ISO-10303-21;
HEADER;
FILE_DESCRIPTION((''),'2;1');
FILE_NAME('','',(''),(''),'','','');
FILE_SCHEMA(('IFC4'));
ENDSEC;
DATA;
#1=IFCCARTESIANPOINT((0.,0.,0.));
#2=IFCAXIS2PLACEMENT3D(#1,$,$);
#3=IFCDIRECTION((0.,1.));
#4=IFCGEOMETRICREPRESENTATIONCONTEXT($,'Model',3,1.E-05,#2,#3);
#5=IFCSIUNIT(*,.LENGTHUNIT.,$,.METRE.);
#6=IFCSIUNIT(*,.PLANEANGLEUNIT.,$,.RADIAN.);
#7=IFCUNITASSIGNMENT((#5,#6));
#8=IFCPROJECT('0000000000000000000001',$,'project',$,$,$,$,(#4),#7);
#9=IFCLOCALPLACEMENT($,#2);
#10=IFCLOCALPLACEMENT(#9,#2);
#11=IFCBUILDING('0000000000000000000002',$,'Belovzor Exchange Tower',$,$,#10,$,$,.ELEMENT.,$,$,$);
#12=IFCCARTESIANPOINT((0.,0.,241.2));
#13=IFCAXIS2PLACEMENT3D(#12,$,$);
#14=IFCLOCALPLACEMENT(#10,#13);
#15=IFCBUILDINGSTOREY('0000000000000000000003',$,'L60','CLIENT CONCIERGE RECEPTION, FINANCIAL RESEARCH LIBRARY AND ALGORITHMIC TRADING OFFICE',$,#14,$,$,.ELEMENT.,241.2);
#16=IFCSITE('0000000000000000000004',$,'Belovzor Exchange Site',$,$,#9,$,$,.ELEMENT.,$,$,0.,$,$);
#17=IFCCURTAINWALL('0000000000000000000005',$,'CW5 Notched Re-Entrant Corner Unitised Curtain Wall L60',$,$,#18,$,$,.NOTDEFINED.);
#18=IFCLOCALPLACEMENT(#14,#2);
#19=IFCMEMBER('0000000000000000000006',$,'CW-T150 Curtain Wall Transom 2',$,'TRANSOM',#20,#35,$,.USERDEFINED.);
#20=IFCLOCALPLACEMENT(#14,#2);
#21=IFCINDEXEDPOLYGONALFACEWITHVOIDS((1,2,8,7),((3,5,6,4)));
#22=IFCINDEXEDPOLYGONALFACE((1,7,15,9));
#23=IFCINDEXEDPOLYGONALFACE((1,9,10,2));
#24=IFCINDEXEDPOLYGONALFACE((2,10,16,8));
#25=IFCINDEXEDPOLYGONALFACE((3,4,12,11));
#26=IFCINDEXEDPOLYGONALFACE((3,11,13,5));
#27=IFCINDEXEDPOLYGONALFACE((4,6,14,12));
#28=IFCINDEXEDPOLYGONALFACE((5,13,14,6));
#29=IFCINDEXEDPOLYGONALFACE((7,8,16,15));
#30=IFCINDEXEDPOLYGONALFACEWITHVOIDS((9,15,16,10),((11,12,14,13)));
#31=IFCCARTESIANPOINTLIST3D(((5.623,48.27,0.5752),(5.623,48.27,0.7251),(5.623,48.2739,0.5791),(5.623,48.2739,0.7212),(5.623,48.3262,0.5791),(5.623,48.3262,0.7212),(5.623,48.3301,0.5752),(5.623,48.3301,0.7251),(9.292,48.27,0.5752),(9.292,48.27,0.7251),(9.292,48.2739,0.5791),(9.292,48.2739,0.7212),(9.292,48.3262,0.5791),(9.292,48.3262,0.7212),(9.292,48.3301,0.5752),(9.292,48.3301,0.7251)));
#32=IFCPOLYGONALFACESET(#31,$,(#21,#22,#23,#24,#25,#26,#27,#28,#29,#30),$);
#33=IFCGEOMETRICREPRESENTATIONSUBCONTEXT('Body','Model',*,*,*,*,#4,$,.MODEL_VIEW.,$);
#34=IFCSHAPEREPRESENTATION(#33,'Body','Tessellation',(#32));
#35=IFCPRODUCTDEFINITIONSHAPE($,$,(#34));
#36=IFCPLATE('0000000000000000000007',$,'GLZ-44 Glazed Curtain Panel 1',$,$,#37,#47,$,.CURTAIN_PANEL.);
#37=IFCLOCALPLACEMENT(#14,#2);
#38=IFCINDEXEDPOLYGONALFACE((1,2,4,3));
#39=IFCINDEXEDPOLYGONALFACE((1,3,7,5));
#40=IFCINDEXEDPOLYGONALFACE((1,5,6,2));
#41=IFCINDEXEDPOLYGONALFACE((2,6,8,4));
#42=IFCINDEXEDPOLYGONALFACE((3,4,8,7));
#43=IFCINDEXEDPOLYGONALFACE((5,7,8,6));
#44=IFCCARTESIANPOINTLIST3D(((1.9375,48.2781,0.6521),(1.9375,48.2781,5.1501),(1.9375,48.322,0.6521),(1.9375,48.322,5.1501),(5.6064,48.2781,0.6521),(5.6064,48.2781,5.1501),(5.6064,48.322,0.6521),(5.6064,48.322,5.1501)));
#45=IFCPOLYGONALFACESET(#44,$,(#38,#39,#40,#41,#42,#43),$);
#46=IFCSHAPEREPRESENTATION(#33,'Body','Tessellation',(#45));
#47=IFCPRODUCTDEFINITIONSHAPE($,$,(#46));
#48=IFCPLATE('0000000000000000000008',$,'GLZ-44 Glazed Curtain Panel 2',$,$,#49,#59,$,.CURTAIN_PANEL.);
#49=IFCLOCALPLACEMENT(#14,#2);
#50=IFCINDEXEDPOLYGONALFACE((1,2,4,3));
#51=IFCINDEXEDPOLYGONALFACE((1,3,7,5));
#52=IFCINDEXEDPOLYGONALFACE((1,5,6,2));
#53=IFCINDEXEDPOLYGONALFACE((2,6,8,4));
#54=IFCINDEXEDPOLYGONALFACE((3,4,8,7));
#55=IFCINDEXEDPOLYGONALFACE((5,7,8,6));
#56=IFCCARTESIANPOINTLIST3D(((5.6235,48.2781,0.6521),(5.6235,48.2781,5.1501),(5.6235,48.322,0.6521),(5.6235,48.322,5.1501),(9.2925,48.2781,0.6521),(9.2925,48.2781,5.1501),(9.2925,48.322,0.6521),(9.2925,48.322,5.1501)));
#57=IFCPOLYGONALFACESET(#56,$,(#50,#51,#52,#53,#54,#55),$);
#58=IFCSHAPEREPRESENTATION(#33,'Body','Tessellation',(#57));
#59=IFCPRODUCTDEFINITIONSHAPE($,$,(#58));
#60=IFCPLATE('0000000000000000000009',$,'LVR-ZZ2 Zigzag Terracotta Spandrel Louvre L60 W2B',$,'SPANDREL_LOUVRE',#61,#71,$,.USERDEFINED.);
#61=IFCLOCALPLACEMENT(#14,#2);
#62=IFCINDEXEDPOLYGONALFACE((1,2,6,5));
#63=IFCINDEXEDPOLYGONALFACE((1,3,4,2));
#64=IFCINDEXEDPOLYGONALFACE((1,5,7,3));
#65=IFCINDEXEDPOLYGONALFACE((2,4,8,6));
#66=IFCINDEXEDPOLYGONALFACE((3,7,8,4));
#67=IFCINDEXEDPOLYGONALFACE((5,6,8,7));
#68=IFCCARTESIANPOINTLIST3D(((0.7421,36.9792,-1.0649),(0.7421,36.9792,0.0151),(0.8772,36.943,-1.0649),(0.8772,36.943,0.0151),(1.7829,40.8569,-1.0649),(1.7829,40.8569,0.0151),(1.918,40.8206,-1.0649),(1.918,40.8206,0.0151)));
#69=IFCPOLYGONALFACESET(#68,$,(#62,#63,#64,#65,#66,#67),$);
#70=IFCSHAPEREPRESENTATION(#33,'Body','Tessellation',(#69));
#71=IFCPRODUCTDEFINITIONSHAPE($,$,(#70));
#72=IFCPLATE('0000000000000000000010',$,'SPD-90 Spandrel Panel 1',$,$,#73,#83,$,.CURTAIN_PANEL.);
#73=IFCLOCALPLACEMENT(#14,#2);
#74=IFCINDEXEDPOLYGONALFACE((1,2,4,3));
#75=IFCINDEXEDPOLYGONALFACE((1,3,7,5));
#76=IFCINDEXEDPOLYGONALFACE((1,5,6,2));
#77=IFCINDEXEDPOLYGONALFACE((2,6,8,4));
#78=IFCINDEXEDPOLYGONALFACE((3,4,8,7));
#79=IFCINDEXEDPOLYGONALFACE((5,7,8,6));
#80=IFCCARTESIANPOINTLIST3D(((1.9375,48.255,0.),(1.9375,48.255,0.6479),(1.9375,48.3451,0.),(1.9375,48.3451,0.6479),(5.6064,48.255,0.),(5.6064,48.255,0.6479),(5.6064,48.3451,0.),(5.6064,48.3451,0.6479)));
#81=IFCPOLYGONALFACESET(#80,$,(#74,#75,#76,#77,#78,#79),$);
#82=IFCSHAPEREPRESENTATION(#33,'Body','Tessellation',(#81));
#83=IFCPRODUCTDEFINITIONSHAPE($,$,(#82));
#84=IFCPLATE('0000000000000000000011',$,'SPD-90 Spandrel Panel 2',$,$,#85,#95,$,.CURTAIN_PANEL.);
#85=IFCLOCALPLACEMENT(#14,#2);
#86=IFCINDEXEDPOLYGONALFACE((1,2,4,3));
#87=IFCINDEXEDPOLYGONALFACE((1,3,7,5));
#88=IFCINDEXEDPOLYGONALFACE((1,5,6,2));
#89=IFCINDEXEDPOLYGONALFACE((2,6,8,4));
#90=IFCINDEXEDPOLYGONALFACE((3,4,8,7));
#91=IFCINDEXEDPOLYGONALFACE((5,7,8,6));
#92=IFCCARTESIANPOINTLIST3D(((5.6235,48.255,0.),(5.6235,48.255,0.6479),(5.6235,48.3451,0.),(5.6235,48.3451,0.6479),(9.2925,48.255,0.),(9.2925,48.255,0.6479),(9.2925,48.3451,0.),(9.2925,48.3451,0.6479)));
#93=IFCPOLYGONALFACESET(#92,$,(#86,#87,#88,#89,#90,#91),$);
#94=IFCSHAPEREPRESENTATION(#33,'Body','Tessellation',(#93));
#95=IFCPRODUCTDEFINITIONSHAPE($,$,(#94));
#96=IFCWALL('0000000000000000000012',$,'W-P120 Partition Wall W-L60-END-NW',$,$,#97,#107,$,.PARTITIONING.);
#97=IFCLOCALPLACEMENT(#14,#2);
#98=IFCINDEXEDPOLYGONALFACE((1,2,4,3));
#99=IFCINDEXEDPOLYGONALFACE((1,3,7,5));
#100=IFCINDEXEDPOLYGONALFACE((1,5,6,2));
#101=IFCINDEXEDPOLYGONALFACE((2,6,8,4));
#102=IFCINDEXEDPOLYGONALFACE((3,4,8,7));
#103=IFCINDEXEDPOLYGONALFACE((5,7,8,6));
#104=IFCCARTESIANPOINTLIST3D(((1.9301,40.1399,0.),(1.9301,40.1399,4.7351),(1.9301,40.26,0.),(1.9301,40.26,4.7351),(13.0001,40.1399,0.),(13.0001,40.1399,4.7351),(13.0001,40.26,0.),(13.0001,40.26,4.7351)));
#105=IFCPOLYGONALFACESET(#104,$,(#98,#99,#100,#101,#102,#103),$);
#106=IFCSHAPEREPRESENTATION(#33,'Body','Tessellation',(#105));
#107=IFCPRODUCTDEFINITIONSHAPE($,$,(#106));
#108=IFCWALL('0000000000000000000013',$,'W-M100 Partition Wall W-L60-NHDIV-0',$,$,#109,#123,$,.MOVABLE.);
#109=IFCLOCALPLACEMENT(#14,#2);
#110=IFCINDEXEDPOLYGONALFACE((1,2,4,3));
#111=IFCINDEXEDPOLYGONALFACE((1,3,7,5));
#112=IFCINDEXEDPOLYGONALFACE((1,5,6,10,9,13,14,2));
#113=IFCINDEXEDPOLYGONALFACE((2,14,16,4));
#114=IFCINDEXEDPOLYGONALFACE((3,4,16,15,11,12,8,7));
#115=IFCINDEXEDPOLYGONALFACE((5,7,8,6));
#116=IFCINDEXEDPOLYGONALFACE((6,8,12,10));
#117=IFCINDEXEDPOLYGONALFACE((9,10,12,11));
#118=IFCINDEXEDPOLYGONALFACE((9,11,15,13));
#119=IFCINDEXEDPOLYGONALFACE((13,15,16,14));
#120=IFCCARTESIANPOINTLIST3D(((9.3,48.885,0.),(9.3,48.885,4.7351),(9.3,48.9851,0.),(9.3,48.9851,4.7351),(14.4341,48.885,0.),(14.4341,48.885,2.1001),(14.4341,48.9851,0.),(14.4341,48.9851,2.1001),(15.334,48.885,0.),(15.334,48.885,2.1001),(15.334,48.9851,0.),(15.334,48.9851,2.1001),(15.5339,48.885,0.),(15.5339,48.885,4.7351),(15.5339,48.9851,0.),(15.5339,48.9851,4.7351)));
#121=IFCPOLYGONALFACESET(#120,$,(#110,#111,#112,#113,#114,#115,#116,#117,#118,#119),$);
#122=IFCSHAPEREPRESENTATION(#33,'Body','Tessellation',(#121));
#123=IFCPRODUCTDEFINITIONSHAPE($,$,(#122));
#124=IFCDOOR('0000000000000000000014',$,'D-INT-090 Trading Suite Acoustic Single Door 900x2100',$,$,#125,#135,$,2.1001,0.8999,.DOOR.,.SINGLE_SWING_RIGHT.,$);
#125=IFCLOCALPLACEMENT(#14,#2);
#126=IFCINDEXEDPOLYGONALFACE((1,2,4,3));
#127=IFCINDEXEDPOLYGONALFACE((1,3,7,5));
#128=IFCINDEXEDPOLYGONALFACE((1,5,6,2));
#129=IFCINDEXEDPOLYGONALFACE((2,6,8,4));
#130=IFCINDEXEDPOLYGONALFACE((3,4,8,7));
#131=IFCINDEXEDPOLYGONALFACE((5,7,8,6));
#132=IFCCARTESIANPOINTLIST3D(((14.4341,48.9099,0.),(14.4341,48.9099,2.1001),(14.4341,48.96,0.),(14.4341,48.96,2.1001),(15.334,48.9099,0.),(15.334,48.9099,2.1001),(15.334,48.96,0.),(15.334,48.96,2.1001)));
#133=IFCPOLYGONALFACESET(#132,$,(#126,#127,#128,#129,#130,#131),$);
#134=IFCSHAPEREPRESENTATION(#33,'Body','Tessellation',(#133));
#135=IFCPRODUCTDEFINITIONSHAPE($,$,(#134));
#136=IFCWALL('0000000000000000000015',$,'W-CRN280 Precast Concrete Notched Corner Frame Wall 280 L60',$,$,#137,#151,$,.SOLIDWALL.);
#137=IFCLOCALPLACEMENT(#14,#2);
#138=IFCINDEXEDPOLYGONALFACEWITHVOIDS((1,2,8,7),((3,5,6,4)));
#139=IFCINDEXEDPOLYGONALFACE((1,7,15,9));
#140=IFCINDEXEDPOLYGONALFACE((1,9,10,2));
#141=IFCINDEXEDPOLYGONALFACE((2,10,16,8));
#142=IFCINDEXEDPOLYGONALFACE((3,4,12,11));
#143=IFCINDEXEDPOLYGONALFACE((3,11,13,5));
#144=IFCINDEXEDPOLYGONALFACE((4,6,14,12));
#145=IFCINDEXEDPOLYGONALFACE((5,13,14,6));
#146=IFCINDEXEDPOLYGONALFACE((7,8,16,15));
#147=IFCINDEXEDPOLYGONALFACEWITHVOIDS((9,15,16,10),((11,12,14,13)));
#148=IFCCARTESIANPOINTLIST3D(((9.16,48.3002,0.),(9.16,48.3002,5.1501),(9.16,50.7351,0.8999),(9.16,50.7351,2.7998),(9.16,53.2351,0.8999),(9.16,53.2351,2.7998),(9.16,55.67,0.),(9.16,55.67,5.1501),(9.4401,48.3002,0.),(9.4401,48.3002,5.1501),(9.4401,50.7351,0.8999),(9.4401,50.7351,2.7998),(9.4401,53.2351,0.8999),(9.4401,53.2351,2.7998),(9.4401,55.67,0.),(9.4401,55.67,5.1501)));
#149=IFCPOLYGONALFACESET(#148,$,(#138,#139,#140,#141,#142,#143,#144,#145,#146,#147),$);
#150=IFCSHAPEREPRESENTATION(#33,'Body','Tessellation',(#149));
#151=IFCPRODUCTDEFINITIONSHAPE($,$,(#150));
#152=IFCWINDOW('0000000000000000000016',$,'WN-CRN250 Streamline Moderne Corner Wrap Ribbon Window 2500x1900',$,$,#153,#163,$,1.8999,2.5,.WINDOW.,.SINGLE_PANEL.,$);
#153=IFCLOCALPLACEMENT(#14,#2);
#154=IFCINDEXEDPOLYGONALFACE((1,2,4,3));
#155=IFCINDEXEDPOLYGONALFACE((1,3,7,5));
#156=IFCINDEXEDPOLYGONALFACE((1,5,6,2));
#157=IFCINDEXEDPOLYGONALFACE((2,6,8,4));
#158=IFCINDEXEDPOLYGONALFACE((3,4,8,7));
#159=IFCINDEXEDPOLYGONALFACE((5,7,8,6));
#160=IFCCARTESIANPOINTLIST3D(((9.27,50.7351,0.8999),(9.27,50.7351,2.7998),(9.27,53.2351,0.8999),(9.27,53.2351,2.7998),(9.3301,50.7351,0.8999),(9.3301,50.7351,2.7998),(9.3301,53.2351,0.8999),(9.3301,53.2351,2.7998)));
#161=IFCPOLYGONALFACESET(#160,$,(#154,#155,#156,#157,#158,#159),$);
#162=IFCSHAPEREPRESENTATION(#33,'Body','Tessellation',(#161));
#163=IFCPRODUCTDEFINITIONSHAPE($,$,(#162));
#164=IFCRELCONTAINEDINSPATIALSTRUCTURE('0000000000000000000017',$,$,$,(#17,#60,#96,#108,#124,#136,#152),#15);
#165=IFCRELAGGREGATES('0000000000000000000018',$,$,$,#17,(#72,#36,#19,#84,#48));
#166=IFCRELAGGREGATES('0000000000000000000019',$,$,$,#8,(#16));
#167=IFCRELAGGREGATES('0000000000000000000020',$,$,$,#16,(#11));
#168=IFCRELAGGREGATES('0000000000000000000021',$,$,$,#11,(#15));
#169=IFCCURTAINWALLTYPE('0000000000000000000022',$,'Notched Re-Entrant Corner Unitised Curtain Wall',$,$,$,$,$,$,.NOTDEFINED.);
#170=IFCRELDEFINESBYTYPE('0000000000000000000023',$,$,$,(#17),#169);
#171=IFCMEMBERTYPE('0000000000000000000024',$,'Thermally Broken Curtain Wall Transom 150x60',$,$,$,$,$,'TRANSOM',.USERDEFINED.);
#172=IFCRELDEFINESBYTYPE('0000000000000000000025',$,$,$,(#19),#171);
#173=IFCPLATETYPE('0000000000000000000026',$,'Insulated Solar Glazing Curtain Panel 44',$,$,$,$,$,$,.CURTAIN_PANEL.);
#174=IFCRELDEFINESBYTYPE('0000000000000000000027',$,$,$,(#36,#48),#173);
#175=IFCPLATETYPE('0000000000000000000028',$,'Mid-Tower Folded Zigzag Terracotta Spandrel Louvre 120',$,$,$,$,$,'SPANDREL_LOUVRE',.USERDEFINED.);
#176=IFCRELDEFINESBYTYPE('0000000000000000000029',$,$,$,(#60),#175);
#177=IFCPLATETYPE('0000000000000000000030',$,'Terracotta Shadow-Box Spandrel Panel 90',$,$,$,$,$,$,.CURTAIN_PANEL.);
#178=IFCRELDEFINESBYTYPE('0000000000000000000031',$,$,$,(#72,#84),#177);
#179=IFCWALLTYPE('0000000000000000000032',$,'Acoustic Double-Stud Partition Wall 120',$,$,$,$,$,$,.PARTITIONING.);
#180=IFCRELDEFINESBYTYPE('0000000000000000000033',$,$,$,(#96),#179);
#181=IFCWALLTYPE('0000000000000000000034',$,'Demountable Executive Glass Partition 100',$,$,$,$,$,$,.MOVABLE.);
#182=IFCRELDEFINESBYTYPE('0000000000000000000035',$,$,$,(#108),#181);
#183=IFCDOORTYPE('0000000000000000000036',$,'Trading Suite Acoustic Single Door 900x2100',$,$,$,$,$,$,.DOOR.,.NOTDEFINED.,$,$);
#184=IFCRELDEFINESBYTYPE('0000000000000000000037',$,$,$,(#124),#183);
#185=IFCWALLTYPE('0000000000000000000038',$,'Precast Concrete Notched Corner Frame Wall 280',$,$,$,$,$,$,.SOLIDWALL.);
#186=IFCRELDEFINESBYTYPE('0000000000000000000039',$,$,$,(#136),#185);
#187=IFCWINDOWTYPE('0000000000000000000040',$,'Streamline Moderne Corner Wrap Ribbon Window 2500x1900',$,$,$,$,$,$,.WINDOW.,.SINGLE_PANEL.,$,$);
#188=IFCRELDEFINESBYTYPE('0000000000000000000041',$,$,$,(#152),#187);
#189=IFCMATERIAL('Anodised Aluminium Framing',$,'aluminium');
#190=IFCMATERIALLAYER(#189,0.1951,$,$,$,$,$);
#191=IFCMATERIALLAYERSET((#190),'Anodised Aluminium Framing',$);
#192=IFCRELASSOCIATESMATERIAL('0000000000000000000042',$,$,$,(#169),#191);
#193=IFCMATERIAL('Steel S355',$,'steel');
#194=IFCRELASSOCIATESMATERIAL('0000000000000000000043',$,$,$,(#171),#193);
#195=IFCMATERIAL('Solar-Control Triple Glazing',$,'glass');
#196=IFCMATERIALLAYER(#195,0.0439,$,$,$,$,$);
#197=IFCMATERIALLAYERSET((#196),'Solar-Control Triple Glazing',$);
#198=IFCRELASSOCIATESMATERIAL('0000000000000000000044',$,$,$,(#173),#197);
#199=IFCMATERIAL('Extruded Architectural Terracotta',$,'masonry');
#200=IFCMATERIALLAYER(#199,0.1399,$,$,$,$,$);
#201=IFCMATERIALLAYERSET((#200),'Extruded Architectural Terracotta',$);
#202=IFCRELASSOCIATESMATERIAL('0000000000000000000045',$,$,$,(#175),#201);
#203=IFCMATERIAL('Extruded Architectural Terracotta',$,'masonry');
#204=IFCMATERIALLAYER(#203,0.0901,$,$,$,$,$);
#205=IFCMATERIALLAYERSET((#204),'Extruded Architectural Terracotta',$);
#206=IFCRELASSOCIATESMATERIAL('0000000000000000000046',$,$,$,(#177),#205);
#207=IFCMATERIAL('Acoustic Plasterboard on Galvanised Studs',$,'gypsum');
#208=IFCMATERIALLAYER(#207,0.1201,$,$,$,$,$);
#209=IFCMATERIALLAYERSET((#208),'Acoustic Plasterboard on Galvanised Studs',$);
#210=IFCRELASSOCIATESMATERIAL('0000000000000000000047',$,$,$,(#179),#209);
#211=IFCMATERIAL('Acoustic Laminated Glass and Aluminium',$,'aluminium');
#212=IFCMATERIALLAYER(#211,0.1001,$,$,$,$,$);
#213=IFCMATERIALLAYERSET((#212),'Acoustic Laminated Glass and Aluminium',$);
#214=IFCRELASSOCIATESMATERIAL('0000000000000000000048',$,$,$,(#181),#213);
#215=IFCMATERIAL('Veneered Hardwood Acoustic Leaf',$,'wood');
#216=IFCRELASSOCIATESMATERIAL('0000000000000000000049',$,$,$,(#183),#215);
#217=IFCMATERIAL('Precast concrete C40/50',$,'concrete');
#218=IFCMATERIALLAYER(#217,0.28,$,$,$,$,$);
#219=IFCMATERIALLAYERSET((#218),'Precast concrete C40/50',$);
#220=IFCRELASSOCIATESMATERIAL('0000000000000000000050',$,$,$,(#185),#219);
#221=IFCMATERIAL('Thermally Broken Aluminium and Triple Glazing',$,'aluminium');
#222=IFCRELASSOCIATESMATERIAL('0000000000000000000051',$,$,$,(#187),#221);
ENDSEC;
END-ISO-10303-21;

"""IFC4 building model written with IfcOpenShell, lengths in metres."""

from ifc_helpers import new_model, si_unit, direction, frame, frame_2d, origin, origin_2d, place, context, subcontext, project, spatial, rectangle, hollow_rectangle, extrude, material, layer, layer_set, material_profile, profile_set, type_object, element, fill, aggregate, save


model = new_model("IFC4")

# Units and contexts
model_context = context("Model", 3, precision=1e-05, world=origin(), true_north=direction((0.0, 1.0)))
body_context = subcontext(model_context, "Body", "Model", "MODEL_VIEW")
ifc_project = project(units=[si_unit("LENGTHUNIT", "METRE"), si_unit("PLANEANGLEUNIT", "RADIAN")], contexts=[model_context])

# Site, building, storey
site_placement = place(None, origin())
site = spatial("IfcSite", under=ifc_project, at=site_placement, Name="Belovzor Exchange Site", CompositionType="ELEMENT", RefElevation=0.0)
building_placement = place(site_placement, origin())
building = spatial("IfcBuilding", under=site, at=building_placement, Name="Belovzor Exchange Tower", CompositionType="ELEMENT")
storey_placement = place(building_placement, frame((0.0, 0.0, 241.2)))
storey = spatial("IfcBuildingStorey", under=building, at=storey_placement, Name="L60", Description="CLIENT CONCIERGE RECEPTION, FINANCIAL RESEARCH LIBRARY AND ALGORITHMIC TRADING OFFICE", CompositionType="ELEMENT", Elevation=241.2)

# Curtain wall, member, plates
ifc_material_1 = material(Name="Anodised Aluminium Framing", Category="aluminium")
ifc_layer_1 = layer(ifc_material_1, 0.1951)
ifc_layer_set_1 = layer_set([ifc_layer_1], Name="Anodised Aluminium Framing")
curtain_wall_type = type_object("IfcCurtainWallType", Name="Notched Re-Entrant Corner Unitised Curtain Wall", PredefinedType="NOTDEFINED", material=ifc_layer_set_1)
curtain_wall_placement = place(storey_placement, origin())
curtain_wall = element("IfcCurtainWall", 1, at=curtain_wall_placement, inside=storey, type_object=curtain_wall_type, Name="CW5 Notched Re-Entrant Corner Unitised Curtain Wall L60", PredefinedType="NOTDEFINED")
ifc_material_2 = material(Name="Steel S355", Category="steel")
ifc_material_profile_1 = material_profile(ifc_material_2, hollow_rectangle(XDim=0.0601, YDim=0.1499, WallThickness=0.0039, at=origin_2d()))
ifc_profile_set_1 = profile_set([ifc_material_profile_1], Name="Steel S355")
member_type_1 = type_object("IfcMemberType", Name="Thermally Broken Curtain Wall Transom 150x60", ElementType="TRANSOM", PredefinedType="USERDEFINED", material=ifc_profile_set_1)
member_1_placement = place(storey_placement, frame((5.623, 48.3, 0.6501), z_axis=(1.0, 0.0, 0.0), x_axis=(0.0, 1.0, 0.0)))
member_1 = element("IfcMember", 2, at=member_1_placement, type_object=member_type_1, Name="CW-T150 Curtain Wall Transom 2", ObjectType="TRANSOM", PredefinedType="USERDEFINED", context=body_context, shape_type="SweptSolid", body=[
    extrude(hollow_rectangle(XDim=0.0601, YDim=0.1499, WallThickness=0.0039, at=origin_2d()), origin(), (0.0, 0.0, 1.0), 3.6689),
])
ifc_material_3 = material(Name="Solar-Control Triple Glazing", Category="glass")
ifc_layer_2 = layer(ifc_material_3, 0.0439)
ifc_layer_set_2 = layer_set([ifc_layer_2], Name="Solar-Control Triple Glazing")
plate_type_1 = type_object("IfcPlateType", Name="Insulated Solar Glazing Curtain Panel 44", PredefinedType="CURTAIN_PANEL", material=ifc_layer_set_2)
plate_1_placement = place(storey_placement, frame((3.772, 48.3, 0.6521), z_axis=(0.0, 0.0, 1.0), x_axis=(1.0, 0.0, 0.0)))
plate_1 = element("IfcPlate", 3, at=plate_1_placement, type_object=plate_type_1, Name="GLZ-44 Glazed Curtain Panel 1", PredefinedType="CURTAIN_PANEL", context=body_context, shape_type="SweptSolid", body=[
    extrude(rectangle(XDim=3.6689, YDim=0.0439, at=origin_2d()), origin(), (0.0, 0.0, 1.0), 4.498),
])
plate_2_placement = place(storey_placement, frame((7.458, 48.3, 0.6521), z_axis=(0.0, 0.0, 1.0), x_axis=(1.0, 0.0, 0.0)))
plate_2 = element("IfcPlate", 4, at=plate_2_placement, type_object=plate_type_1, Name="GLZ-44 Glazed Curtain Panel 2", PredefinedType="CURTAIN_PANEL", context=body_context, shape_type="SweptSolid", body=[
    extrude(rectangle(XDim=3.6689, YDim=0.0439, at=origin_2d()), origin(), (0.0, 0.0, 1.0), 4.498),
])

# Plates
ifc_material_4 = material(Name="Extruded Architectural Terracotta", Category="masonry")
ifc_layer_3 = layer(ifc_material_4, 0.1399)
ifc_layer_set_3 = layer_set([ifc_layer_3], Name="Extruded Architectural Terracotta")
plate_type_2 = type_object("IfcPlateType", Name="Mid-Tower Folded Zigzag Terracotta Spandrel Louvre 120", ElementType="SPANDREL_LOUVRE", PredefinedType="USERDEFINED", material=ifc_layer_set_3)
plate_3_placement = place(storey_placement, frame((1.3301, 38.8999, -1.0649), z_axis=(0.0, 0.0, 1.0), x_axis=(0.25924, 0.965813, 0.0)))
element("IfcPlate", 5, at=plate_3_placement, inside=storey, type_object=plate_type_2, Name="LVR-ZZ2 Zigzag Terracotta Spandrel Louvre L60 W2B", ObjectType="SPANDREL_LOUVRE", PredefinedType="USERDEFINED", context=body_context, shape_type="SweptSolid", body=[
    extrude(rectangle(XDim=4.0149, YDim=0.1399, at=origin_2d()), origin(), (0.0, 0.0, 1.0), 1.0801),
])
ifc_material_5 = material(Name="Extruded Architectural Terracotta", Category="masonry")
ifc_layer_4 = layer(ifc_material_5, 0.0901)
ifc_layer_set_4 = layer_set([ifc_layer_4], Name="Extruded Architectural Terracotta")
plate_type_3 = type_object("IfcPlateType", Name="Terracotta Shadow-Box Spandrel Panel 90", PredefinedType="CURTAIN_PANEL", material=ifc_layer_set_4)
plate_4_placement = place(storey_placement, frame((3.772, 48.3, 0.0), z_axis=(0.0, 0.0, 1.0), x_axis=(1.0, 0.0, 0.0)))
plate_4 = element("IfcPlate", 6, at=plate_4_placement, type_object=plate_type_3, Name="SPD-90 Spandrel Panel 1", PredefinedType="CURTAIN_PANEL", context=body_context, shape_type="SweptSolid", body=[
    extrude(rectangle(XDim=3.6689, YDim=0.0901, at=origin_2d()), origin(), (0.0, 0.0, 1.0), 0.6479),
])
plate_5_placement = place(storey_placement, frame((7.458, 48.3, 0.0), z_axis=(0.0, 0.0, 1.0), x_axis=(1.0, 0.0, 0.0)))
plate_5 = element("IfcPlate", 7, at=plate_5_placement, type_object=plate_type_3, Name="SPD-90 Spandrel Panel 2", PredefinedType="CURTAIN_PANEL", context=body_context, shape_type="SweptSolid", body=[
    extrude(rectangle(XDim=3.6689, YDim=0.0901, at=origin_2d()), origin(), (0.0, 0.0, 1.0), 0.6479),
])
aggregate(curtain_wall, [plate_4, plate_1, member_1, plate_5, plate_2])

# Wall
ifc_material_6 = material(Name="Acoustic Plasterboard on Galvanised Studs", Category="gypsum")
ifc_layer_5 = layer(ifc_material_6, 0.1201)
ifc_layer_set_5 = layer_set([ifc_layer_5], Name="Acoustic Plasterboard on Galvanised Studs")
wall_type_1 = type_object("IfcWallType", Name="Acoustic Double-Stud Partition Wall 120", PredefinedType="PARTITIONING", material=ifc_layer_set_5)
wall_1_placement = place(storey_placement, frame((1.9299, 40.2, 0.0), z_axis=(0.0, 0.0, 1.0), x_axis=(1.0, 0.0, 0.0)))
element("IfcWall", 8, at=wall_1_placement, inside=storey, type_object=wall_type_1, Name="W-P120 Partition Wall W-L60-END-NW", PredefinedType="PARTITIONING", context=body_context, shape_type="SweptSolid", body=[
    extrude(rectangle(XDim=11.0701, YDim=0.1201, at=frame_2d((5.5352, 0.0))), origin(), (0.0, 0.0, 1.0), 4.7351),
])

# Wall, opening, door
ifc_material_7 = material(Name="Acoustic Laminated Glass and Aluminium", Category="aluminium")
ifc_layer_6 = layer(ifc_material_7, 0.1001)
ifc_layer_set_6 = layer_set([ifc_layer_6], Name="Acoustic Laminated Glass and Aluminium")
wall_type_2 = type_object("IfcWallType", Name="Demountable Executive Glass Partition 100", PredefinedType="MOVABLE", material=ifc_layer_set_6)
wall_2_placement = place(storey_placement, frame((9.3, 48.9351, 0.0), z_axis=(0.0, 0.0, 1.0), x_axis=(1.0, 0.0, 0.0)))
wall_2 = element("IfcWall", 9, at=wall_2_placement, inside=storey, type_object=wall_type_2, Name="W-M100 Partition Wall W-L60-NHDIV-0", PredefinedType="MOVABLE", context=body_context, shape_type="SweptSolid", body=[
    extrude(rectangle(XDim=6.2339, YDim=0.1001, at=frame_2d((3.1169, 0.0))), origin(), (0.0, 0.0, 1.0), 4.7351),
])
opening_1_placement = place(wall_2_placement, frame((5.134, 0.0, 0.0)))
opening_1 = element("IfcOpeningElement", 10, at=opening_1_placement, cuts=wall_2, PredefinedType="OPENING", context=body_context, shape_type="SweptSolid", body=[
    extrude(rectangle(XDim=0.8999, YDim=2.1001, at=frame_2d((0.45, 1.05))), frame((0.0, 0.0601, 0.0), z_axis=(0.0, -1.0, 0.0), x_axis=(1.0, 0.0, 0.0)), (0.0, 0.0, 1.0), 0.1201),
])
ifc_material_8 = material(Name="Veneered Hardwood Acoustic Leaf", Category="wood")
door_type = type_object("IfcDoorType", Name="Trading Suite Acoustic Single Door 900x2100", OperationType="NOTDEFINED", PredefinedType="DOOR", material=ifc_material_8)
door_placement = place(opening_1_placement, origin())
door = element("IfcDoor", 11, at=door_placement, inside=storey, type_object=door_type, Name="D-INT-090 Trading Suite Acoustic Single Door 900x2100", OperationType="SINGLE_SWING_RIGHT", OverallHeight=2.1001, OverallWidth=0.8999, PredefinedType="DOOR", context=body_context, shape_type="SweptSolid", body=[
    extrude(rectangle(XDim=0.8999, YDim=2.1001, at=frame_2d((0.45, 1.05))), frame((0.0, 0.0249, 0.0), z_axis=(0.0, -1.0, 0.0), x_axis=(1.0, 0.0, 0.0)), (0.0, 0.0, 1.0), 0.05),
])
fill(opening_1, door)

# Wall, opening, window
ifc_material_9 = material(Name="Precast concrete C40/50", Category="concrete")
ifc_layer_7 = layer(ifc_material_9, 0.28)
ifc_layer_set_7 = layer_set([ifc_layer_7], Name="Precast concrete C40/50")
wall_type_3 = type_object("IfcWallType", Name="Precast Concrete Notched Corner Frame Wall 280", PredefinedType="SOLIDWALL", material=ifc_layer_set_7)
wall_3_placement = place(storey_placement, frame((9.3, 48.3, 0.0), z_axis=(0.0, 0.0, 1.0), x_axis=(0.0, 1.0, 0.0)))
wall_3 = element("IfcWall", 12, at=wall_3_placement, inside=storey, type_object=wall_type_3, Name="W-CRN280 Precast Concrete Notched Corner Frame Wall 280 L60", PredefinedType="SOLIDWALL", context=body_context, shape_type="SweptSolid", body=[
    extrude(rectangle(XDim=7.3699, YDim=0.28, at=frame_2d((3.6851, 0.0))), origin(), (0.0, 0.0, 1.0), 5.1501),
])
opening_2_placement = place(wall_3_placement, frame((2.4351, 0.0, 0.8999)))
opening_2 = element("IfcOpeningElement", 13, at=opening_2_placement, cuts=wall_3, PredefinedType="OPENING", context=body_context, shape_type="SweptSolid", body=[
    extrude(rectangle(XDim=2.5, YDim=1.8999, at=frame_2d((1.25, 0.95))), frame((0.0, 0.1499, 0.0), z_axis=(0.0, -1.0, 0.0), x_axis=(1.0, 0.0, 0.0)), (0.0, 0.0, 1.0), 0.3),
])
ifc_material_10 = material(Name="Thermally Broken Aluminium and Triple Glazing", Category="aluminium")
window_type_1 = type_object("IfcWindowType", Name="Streamline Moderne Corner Wrap Ribbon Window 2500x1900", PartitioningType="SINGLE_PANEL", PredefinedType="WINDOW", material=ifc_material_10)
window_1_placement = place(opening_2_placement, origin())
window_1 = element("IfcWindow", 14, at=window_1_placement, inside=storey, type_object=window_type_1, Name="WN-CRN250 Streamline Moderne Corner Wrap Ribbon Window 2500x1900", OverallHeight=1.8999, OverallWidth=2.5, PartitioningType="SINGLE_PANEL", PredefinedType="WINDOW", context=body_context, shape_type="SweptSolid", body=[
    extrude(rectangle(XDim=2.5, YDim=1.8999, at=frame_2d((1.25, 0.95))), frame((0.0, 0.03, 0.0), z_axis=(0.0, -1.0, 0.0), x_axis=(1.0, 0.0, 0.0)), (0.0, 0.0, 1.0), 0.0601),
])
fill(opening_2, window_1)

save(model, "model.ifc")
